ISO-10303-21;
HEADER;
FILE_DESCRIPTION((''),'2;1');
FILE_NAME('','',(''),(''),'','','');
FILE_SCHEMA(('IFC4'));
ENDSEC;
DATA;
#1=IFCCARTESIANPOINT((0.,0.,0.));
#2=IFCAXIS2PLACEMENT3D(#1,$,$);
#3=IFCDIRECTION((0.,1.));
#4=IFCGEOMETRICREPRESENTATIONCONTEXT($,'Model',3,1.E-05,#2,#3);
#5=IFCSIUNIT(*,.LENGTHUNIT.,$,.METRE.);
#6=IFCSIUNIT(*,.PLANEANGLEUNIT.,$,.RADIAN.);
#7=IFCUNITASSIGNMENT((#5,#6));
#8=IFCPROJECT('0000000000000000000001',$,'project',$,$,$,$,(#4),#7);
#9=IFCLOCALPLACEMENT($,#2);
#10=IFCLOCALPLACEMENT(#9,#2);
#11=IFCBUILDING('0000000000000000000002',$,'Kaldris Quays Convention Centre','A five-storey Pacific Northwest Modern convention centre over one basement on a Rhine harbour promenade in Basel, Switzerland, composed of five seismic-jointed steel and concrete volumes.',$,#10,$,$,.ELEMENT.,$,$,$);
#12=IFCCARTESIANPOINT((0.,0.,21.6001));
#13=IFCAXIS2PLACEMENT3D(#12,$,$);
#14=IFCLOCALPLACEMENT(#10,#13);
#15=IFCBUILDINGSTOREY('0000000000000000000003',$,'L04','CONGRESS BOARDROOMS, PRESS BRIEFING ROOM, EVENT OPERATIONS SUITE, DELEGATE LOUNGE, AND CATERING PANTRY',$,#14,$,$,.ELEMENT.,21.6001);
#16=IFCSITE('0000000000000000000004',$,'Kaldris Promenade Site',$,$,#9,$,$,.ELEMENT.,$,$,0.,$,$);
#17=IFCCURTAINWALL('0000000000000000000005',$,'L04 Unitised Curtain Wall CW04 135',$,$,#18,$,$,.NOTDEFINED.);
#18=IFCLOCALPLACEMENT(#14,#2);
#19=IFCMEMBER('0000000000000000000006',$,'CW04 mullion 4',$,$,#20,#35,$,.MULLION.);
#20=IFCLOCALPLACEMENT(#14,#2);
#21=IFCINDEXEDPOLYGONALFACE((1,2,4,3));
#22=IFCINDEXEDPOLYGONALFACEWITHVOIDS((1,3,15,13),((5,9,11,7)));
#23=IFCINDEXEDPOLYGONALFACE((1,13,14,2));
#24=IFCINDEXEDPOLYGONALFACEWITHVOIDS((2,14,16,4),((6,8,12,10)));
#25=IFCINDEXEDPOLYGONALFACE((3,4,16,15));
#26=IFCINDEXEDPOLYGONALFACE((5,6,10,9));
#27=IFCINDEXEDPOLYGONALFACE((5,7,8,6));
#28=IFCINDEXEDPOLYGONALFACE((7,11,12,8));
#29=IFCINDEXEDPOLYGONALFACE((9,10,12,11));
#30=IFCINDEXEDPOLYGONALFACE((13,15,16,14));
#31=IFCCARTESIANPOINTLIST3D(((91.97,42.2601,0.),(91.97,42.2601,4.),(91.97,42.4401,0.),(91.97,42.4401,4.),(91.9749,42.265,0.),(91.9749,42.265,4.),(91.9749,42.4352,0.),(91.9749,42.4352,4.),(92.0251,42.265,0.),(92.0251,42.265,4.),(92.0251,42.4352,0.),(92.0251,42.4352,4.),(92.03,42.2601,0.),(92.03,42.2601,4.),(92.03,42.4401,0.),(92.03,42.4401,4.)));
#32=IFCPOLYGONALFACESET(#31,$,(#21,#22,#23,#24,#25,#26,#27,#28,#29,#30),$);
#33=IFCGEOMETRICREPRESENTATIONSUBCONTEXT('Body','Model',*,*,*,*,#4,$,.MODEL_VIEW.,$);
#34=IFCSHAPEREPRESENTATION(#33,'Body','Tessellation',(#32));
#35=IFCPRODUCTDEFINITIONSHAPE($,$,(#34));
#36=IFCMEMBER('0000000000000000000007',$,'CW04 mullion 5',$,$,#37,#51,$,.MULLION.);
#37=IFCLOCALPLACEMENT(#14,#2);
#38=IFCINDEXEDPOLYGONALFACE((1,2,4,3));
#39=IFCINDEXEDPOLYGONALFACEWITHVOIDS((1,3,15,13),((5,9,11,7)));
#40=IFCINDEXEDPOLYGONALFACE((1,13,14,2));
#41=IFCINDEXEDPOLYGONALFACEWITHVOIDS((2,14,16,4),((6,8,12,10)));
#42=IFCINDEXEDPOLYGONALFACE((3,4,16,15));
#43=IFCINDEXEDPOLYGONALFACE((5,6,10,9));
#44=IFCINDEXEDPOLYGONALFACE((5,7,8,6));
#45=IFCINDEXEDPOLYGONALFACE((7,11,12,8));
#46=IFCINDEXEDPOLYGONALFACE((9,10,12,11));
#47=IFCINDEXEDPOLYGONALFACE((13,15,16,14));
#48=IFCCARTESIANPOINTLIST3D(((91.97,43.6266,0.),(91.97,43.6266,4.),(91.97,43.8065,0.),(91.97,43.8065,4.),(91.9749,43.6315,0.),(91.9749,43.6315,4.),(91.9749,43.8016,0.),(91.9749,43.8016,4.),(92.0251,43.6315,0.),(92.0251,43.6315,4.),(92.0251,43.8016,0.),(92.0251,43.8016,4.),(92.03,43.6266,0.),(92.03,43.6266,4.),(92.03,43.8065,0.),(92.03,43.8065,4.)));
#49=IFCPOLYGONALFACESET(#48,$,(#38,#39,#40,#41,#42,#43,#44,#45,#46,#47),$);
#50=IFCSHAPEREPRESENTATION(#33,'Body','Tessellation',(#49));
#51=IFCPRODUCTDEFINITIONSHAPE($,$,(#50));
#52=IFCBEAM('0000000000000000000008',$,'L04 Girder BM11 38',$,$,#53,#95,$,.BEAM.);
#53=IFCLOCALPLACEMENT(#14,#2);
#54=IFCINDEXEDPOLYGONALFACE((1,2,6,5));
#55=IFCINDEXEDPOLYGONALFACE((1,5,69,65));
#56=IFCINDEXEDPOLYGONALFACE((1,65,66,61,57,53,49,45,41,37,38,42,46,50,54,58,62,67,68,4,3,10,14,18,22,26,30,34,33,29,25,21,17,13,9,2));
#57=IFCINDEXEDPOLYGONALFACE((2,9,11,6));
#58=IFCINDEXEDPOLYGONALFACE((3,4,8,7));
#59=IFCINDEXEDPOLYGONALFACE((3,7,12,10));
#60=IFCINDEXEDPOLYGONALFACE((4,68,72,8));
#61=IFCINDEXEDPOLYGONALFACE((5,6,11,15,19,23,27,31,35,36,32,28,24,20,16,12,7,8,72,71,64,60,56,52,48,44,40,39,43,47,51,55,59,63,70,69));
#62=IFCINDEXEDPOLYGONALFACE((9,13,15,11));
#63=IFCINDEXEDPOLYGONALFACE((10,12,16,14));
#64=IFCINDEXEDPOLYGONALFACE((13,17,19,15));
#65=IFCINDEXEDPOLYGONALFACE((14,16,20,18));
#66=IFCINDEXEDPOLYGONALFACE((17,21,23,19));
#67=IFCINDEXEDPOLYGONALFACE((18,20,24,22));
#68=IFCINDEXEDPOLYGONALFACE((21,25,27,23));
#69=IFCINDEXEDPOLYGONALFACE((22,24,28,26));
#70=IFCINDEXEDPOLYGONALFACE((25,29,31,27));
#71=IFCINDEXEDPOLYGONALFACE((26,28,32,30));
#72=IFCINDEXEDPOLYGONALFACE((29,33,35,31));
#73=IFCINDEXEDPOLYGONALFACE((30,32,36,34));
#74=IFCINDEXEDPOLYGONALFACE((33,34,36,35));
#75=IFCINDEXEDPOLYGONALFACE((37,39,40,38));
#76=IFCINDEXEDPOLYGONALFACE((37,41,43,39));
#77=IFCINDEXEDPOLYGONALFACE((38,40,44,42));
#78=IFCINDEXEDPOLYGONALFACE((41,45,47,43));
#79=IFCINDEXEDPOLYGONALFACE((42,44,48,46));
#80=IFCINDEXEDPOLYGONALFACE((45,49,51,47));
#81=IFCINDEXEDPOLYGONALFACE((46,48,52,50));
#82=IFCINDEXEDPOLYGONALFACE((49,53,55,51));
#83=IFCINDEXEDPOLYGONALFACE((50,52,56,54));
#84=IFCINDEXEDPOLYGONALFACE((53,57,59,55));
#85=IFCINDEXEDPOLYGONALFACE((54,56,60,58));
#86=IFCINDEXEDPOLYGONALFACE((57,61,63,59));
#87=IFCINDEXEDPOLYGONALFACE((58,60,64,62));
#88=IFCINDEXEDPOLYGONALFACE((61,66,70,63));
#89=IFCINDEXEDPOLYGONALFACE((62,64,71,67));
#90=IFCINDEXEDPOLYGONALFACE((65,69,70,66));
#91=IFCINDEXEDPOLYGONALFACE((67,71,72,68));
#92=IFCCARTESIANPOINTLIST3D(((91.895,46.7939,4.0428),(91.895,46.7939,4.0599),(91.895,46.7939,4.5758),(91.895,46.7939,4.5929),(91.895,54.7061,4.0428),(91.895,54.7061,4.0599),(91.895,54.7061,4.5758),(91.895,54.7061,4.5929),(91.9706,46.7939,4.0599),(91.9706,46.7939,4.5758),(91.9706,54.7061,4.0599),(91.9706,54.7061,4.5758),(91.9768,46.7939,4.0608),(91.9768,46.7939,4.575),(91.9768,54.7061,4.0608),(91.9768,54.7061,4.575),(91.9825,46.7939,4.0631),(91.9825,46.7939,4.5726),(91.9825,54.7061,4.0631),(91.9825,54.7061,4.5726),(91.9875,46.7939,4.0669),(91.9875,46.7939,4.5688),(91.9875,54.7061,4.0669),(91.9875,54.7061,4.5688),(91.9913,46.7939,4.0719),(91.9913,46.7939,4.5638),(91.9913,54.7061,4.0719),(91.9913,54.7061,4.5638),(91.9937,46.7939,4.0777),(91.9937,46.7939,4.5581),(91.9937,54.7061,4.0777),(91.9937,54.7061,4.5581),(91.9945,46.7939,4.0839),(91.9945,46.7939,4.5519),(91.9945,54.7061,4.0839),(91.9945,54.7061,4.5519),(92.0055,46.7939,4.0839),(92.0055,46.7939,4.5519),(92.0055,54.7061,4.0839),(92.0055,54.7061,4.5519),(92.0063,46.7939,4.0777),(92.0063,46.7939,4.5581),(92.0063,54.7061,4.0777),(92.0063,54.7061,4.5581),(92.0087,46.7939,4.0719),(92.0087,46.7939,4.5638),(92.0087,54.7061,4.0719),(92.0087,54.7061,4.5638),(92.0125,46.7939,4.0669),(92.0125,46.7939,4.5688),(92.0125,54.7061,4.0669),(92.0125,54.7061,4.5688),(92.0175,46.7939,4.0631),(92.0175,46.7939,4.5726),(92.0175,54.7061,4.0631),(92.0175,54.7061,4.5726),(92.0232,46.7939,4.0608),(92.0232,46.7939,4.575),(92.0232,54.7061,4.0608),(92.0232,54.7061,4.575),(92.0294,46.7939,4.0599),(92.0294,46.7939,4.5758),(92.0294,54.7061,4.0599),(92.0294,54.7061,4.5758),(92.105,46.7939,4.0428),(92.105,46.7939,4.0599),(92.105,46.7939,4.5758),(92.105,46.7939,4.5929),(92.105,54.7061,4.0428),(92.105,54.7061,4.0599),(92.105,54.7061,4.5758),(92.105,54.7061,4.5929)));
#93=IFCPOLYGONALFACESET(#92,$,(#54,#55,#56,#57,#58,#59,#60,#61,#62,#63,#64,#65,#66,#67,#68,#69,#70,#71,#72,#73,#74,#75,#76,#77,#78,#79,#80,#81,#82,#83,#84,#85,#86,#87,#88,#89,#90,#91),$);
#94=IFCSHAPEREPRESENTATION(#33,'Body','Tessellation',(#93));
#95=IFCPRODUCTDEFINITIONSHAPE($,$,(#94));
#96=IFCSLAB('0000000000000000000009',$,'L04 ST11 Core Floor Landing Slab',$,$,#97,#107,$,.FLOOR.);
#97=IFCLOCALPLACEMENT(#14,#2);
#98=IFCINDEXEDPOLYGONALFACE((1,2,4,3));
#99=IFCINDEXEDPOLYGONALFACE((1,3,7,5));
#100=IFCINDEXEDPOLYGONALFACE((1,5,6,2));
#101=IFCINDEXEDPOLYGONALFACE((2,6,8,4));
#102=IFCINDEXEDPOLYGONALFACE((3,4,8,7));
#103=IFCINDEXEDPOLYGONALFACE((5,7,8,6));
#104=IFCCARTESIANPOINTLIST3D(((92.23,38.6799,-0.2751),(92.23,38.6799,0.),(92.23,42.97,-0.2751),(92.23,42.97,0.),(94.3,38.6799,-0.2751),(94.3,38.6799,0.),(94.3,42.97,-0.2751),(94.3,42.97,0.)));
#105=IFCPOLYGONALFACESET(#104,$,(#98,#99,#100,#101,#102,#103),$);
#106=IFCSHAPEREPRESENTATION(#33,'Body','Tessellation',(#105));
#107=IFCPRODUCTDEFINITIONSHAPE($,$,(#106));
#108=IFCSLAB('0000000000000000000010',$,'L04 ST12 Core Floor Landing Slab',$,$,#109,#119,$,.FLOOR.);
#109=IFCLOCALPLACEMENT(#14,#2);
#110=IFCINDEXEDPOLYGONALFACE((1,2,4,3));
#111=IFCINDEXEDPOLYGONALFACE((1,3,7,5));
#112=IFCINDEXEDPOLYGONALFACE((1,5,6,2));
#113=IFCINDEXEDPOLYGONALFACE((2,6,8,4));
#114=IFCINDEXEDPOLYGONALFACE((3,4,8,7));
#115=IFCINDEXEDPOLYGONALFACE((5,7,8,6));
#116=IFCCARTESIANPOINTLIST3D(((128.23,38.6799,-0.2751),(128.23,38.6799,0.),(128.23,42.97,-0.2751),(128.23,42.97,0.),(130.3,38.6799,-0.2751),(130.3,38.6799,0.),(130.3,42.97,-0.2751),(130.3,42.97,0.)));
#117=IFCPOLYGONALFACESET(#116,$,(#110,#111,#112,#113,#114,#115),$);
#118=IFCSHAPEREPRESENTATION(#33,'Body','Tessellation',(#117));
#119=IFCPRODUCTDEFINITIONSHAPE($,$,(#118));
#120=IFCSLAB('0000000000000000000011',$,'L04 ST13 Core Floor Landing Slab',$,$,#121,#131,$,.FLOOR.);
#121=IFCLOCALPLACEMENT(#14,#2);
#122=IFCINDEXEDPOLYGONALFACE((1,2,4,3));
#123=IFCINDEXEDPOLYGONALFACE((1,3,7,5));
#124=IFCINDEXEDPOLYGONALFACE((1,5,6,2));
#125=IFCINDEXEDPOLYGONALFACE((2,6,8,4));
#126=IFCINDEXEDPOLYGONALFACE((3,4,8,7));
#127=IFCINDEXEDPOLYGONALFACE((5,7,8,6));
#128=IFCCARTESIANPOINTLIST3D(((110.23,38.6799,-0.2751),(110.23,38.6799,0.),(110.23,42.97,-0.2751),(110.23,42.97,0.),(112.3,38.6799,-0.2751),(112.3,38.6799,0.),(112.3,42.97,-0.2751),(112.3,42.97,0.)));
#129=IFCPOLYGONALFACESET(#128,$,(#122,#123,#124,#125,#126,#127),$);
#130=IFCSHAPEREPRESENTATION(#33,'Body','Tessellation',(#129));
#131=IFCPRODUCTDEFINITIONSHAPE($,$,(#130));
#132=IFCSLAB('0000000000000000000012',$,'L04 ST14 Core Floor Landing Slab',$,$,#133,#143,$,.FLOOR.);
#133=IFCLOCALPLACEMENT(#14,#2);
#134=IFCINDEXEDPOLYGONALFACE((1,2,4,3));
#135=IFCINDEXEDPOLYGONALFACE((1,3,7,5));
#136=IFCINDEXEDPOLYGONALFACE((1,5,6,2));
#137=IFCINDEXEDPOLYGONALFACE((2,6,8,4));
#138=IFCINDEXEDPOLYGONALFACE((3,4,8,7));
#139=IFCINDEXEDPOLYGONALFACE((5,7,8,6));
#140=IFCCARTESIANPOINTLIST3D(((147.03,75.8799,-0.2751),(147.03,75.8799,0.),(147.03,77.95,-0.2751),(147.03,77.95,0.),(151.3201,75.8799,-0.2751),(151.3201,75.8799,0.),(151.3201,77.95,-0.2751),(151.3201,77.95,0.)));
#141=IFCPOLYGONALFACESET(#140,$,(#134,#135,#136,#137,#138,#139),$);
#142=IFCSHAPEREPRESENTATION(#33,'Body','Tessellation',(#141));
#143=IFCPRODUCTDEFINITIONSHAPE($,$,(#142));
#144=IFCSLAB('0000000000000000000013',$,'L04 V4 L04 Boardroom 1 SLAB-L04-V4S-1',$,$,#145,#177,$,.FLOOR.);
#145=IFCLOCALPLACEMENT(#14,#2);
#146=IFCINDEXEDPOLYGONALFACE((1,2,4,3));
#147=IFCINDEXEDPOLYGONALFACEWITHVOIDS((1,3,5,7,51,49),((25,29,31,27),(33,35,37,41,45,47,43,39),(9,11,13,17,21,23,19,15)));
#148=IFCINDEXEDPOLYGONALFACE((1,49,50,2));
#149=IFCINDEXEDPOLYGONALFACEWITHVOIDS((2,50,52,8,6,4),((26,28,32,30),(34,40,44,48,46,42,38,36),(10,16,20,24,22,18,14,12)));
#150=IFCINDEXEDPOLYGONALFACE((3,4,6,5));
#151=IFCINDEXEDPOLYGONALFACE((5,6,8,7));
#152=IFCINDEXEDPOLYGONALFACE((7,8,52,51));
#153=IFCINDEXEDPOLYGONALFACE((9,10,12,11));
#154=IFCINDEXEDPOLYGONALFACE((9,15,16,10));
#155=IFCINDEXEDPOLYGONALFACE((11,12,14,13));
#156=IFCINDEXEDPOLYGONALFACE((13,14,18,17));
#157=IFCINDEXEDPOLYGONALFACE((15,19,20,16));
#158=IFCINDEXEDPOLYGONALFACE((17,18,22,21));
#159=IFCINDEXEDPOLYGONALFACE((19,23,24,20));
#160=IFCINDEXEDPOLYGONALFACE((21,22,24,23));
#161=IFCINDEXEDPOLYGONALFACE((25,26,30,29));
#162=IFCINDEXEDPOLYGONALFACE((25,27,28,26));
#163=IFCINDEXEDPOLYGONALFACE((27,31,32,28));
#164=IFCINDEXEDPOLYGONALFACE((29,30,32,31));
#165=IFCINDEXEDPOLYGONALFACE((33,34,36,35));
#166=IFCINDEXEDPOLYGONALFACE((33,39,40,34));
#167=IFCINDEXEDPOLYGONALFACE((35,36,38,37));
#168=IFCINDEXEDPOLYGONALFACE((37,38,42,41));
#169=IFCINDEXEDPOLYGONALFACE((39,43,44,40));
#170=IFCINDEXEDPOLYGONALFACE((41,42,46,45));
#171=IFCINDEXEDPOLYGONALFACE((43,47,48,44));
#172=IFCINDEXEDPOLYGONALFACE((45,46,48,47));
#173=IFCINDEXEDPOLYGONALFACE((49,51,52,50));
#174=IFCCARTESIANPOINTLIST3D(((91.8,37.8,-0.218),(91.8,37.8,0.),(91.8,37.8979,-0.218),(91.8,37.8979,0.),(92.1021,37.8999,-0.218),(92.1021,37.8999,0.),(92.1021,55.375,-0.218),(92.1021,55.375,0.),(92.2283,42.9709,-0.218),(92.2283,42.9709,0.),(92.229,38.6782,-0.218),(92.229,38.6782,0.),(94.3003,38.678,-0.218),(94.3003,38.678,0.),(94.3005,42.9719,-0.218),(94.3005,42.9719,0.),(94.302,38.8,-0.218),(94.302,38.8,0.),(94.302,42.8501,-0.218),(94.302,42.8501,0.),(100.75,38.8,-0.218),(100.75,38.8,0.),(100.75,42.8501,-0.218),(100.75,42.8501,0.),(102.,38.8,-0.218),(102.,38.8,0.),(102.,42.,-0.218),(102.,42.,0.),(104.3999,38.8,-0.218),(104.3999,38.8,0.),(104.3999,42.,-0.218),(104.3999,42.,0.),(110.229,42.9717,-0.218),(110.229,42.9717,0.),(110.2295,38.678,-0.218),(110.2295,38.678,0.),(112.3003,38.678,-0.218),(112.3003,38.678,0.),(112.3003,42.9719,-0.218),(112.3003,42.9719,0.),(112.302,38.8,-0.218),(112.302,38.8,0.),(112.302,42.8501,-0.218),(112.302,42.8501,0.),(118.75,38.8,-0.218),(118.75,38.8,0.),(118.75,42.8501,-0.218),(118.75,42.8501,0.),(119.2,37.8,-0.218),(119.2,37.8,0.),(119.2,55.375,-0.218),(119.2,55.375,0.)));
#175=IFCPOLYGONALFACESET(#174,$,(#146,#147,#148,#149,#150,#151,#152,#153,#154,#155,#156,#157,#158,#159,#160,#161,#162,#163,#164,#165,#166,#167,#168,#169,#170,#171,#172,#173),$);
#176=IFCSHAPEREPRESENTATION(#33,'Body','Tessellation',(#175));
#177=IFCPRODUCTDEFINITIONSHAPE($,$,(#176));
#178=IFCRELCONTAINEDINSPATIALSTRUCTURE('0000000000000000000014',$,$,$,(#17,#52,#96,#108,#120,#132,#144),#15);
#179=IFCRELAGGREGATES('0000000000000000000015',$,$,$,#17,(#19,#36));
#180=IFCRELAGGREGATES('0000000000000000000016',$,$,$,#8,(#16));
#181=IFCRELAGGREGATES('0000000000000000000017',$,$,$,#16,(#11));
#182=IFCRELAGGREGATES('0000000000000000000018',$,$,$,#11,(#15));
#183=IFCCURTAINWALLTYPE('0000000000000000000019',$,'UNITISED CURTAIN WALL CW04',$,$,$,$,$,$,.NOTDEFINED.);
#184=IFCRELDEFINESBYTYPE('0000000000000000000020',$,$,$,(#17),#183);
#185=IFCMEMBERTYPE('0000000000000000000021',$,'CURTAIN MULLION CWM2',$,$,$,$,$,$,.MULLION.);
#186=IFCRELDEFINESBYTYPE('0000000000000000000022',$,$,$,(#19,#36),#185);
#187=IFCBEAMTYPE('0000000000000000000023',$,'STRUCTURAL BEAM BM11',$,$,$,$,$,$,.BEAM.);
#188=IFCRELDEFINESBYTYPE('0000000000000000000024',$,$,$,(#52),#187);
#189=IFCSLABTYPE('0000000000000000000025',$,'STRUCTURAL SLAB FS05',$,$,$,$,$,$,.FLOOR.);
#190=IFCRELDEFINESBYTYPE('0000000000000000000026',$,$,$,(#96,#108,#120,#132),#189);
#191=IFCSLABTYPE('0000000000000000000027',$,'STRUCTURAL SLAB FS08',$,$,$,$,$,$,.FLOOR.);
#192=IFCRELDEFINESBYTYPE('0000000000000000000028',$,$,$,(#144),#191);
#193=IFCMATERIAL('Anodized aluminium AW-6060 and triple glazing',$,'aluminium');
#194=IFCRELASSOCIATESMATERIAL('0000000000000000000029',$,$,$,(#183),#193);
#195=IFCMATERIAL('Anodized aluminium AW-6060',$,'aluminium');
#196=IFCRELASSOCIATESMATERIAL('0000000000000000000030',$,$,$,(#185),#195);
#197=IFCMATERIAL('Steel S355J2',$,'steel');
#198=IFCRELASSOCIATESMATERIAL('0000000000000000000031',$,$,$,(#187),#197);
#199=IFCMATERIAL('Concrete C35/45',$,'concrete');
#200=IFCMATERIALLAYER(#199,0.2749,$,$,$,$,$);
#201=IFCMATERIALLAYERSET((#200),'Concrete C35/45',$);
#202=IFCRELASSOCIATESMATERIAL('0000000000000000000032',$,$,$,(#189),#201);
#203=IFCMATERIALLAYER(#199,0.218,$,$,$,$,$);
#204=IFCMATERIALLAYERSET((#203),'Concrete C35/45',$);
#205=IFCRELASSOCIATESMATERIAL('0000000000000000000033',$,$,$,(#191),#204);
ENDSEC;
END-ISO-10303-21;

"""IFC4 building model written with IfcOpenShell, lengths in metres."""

from ifc_helpers import new_model, si_unit, direction, frame, origin, origin_2d, place, context, subcontext, project, spatial, polyline, hollow_rectangle, i_section, outline, extrude, material, layer, layer_set, material_profile, profile_set, type_object, element, aggregate, save


model = new_model("IFC4")

# Units and contexts
model_context = context("Model", 3, precision=1e-05, world=origin(), true_north=direction((0.0, 1.0)))
body_context = subcontext(model_context, "Body", "Model", "MODEL_VIEW")
ifc_project = project(units=[si_unit("LENGTHUNIT", "METRE"), si_unit("PLANEANGLEUNIT", "RADIAN")], contexts=[model_context])

# Site, building, storey
site_placement = place(None, origin())
site = spatial("IfcSite", under=ifc_project, at=site_placement, Name="Kaldris Promenade Site", CompositionType="ELEMENT", RefElevation=0.0)
building_placement = place(site_placement, origin())
building = spatial("IfcBuilding", under=site, at=building_placement, Name="Kaldris Quays Convention Centre", Description="A five-storey Pacific Northwest Modern convention centre over one basement on a Rhine harbour promenade in Basel, Switzerland, composed of five seismic-jointed steel and concrete volumes.", CompositionType="ELEMENT")
storey_placement = place(building_placement, frame((0.0, 0.0, 21.6001)))
storey = spatial("IfcBuildingStorey", under=building, at=storey_placement, Name="L04", Description="CONGRESS BOARDROOMS, PRESS BRIEFING ROOM, EVENT OPERATIONS SUITE, DELEGATE LOUNGE, AND CATERING PANTRY", CompositionType="ELEMENT", Elevation=21.6001)

# Shared definitions
ifc_material_1 = material(Name="Steel S355J2", Category="steel")

# Curtain wall, members
ifc_material_2 = material(Name="Anodized aluminium AW-6060 and triple glazing", Category="aluminium")
curtain_wall_type = type_object("IfcCurtainWallType", Name="UNITISED CURTAIN WALL CW04", PredefinedType="NOTDEFINED", material=ifc_material_2)
curtain_wall_placement = place(storey_placement, origin())
curtain_wall = element("IfcCurtainWall", 1, at=curtain_wall_placement, inside=storey, type_object=curtain_wall_type, Name="L04 Unitised Curtain Wall CW04 135", PredefinedType="NOTDEFINED")
ifc_material_3 = material(Name="Anodized aluminium AW-6060", Category="aluminium")
ifc_material_profile_1 = material_profile(ifc_material_3, hollow_rectangle(XDim=0.0601, YDim=0.1799, WallThickness=0.0049, at=origin_2d()), Name="RHS 180x60x5")
ifc_profile_set_1 = profile_set([ifc_material_profile_1], Name="Anodized aluminium AW-6060")
member_type = type_object("IfcMemberType", Name="CURTAIN MULLION CWM2", PredefinedType="MULLION", material=ifc_profile_set_1)
member_1_placement = place(storey_placement, frame((92.0, 42.3501, 0.0), z_axis=(0.0, 0.0, 1.0), x_axis=(-1.0, 0.0, 0.0)))
member_1 = element("IfcMember", 2, at=member_1_placement, type_object=member_type, Name="CW04 mullion 4", PredefinedType="MULLION", context=body_context, shape_type="SweptSolid", body=[
    extrude(hollow_rectangle(XDim=0.0601, YDim=0.1799, WallThickness=0.0049, at=origin_2d()), origin(), (0.0, 0.0, 1.0), 4.0),
])
member_2_placement = place(storey_placement, frame((92.0, 43.7166, 0.0), z_axis=(0.0, 0.0, 1.0), x_axis=(-1.0, 0.0, 0.0)))
member_2 = element("IfcMember", 3, at=member_2_placement, type_object=member_type, Name="CW04 mullion 5", PredefinedType="MULLION", context=body_context, shape_type="SweptSolid", body=[
    extrude(hollow_rectangle(XDim=0.0601, YDim=0.1799, WallThickness=0.0049, at=origin_2d()), origin(), (0.0, 0.0, 1.0), 4.0),
])
aggregate(curtain_wall, [member_1, member_2])

# Beam
ifc_material_profile_2 = material_profile(ifc_material_1, i_section(OverallWidth=0.21, OverallDepth=0.55, WebThickness=0.011, FlangeThickness=0.0171, FilletRadius=0.0239, at=origin_2d()), Name="IPE 550")
ifc_profile_set_2 = profile_set([ifc_material_profile_2], Name="Steel S355J2")
beam_type = type_object("IfcBeamType", Name="STRUCTURAL BEAM BM11", PredefinedType="BEAM", material=ifc_profile_set_2)
beam_placement = place(storey_placement, frame((92.0, 46.7939, 4.3179), z_axis=(0.0, 1.0, 0.0), x_axis=(-1.0, 0.0, 0.0)))
element("IfcBeam", 4, at=beam_placement, inside=storey, type_object=beam_type, Name="L04 Girder BM11 38", PredefinedType="BEAM", context=body_context, shape_type="SweptSolid", body=[
    extrude(i_section(OverallWidth=0.21, OverallDepth=0.55, WebThickness=0.011, FlangeThickness=0.0171, FilletRadius=0.0239, at=origin_2d()), origin(), (0.0, 0.0, 1.0), 7.9121),
])

# Slabs
ifc_material_4 = material(Name="Concrete C35/45", Category="concrete")
ifc_layer_1 = layer(ifc_material_4, 0.2749)
ifc_layer_set_1 = layer_set([ifc_layer_1], Name="Concrete C35/45")
slab_type_1 = type_object("IfcSlabType", Name="STRUCTURAL SLAB FS05", PredefinedType="FLOOR", material=ifc_layer_set_1)
slab_1_placement = place(storey_placement, frame((0.0, 0.0, -0.2751)))
element("IfcSlab", 5, at=slab_1_placement, inside=storey, type_object=slab_type_1, Name="L04 ST11 Core Floor Landing Slab", PredefinedType="FLOOR", context=body_context, shape_type="SweptSolid", body=[
    extrude(outline(polyline([(92.23, 38.6799), (94.3, 38.6799), (94.3, 42.97), (92.23, 42.97), (92.23, 38.6799)])), origin(), (0.0, 0.0, 1.0), 0.2751),
])
slab_2_placement = place(storey_placement, frame((0.0, 0.0, -0.2751)))
element("IfcSlab", 6, at=slab_2_placement, inside=storey, type_object=slab_type_1, Name="L04 ST12 Core Floor Landing Slab", PredefinedType="FLOOR", context=body_context, shape_type="SweptSolid", body=[
    extrude(outline(polyline([(128.23, 38.6799), (130.3, 38.6799), (130.3, 42.97), (128.23, 42.97), (128.23, 38.6799)])), origin(), (0.0, 0.0, 1.0), 0.2751),
])
slab_3_placement = place(storey_placement, frame((0.0, 0.0, -0.2751)))
element("IfcSlab", 7, at=slab_3_placement, inside=storey, type_object=slab_type_1, Name="L04 ST13 Core Floor Landing Slab", PredefinedType="FLOOR", context=body_context, shape_type="SweptSolid", body=[
    extrude(outline(polyline([(110.23, 38.6799), (112.3, 38.6799), (112.3, 42.97), (110.23, 42.97), (110.23, 38.6799)])), origin(), (0.0, 0.0, 1.0), 0.2751),
])
slab_4_placement = place(storey_placement, frame((0.0, 0.0, -0.2751)))
element("IfcSlab", 8, at=slab_4_placement, inside=storey, type_object=slab_type_1, Name="L04 ST14 Core Floor Landing Slab", PredefinedType="FLOOR", context=body_context, shape_type="SweptSolid", body=[
    extrude(outline(polyline([(151.3201, 75.8799), (151.3201, 77.95), (147.03, 77.95), (147.03, 75.8799), (151.3201, 75.8799)])), origin(), (0.0, 0.0, 1.0), 0.2751),
])
ifc_layer_2 = layer(ifc_material_4, 0.218)
ifc_layer_set_2 = layer_set([ifc_layer_2], Name="Concrete C35/45")
slab_type_2 = type_object("IfcSlabType", Name="STRUCTURAL SLAB FS08", PredefinedType="FLOOR", material=ifc_layer_set_2)
slab_5_placement = place(storey_placement, frame((0.0, 0.0, -0.218)))
element("IfcSlab", 9, at=slab_5_placement, inside=storey, type_object=slab_type_2, Name="L04 V4 L04 Boardroom 1 SLAB-L04-V4S-1", PredefinedType="FLOOR", context=body_context, shape_type="SweptSolid", body=[
    extrude(outline(polyline([(119.2, 55.375), (119.2, 37.8), (91.8, 37.8), (91.8, 37.8979), (92.1021, 37.8999), (92.1021, 55.375), (119.2, 55.375)]), holes=[polyline([(102.0, 42.0), (102.0, 38.8), (104.3999, 38.8), (104.3999, 42.0), (102.0, 42.0)]), polyline([(94.3005, 42.9719), (92.2283, 42.9709), (92.229, 38.6782), (94.3003, 38.678), (94.302, 38.8), (100.75, 38.8), (100.75, 42.8501), (94.302, 42.8501), (94.3005, 42.9719)]), polyline([(110.2295, 38.678), (112.3003, 38.678), (112.302, 38.8), (118.75, 38.8), (118.75, 42.8501), (112.302, 42.8501), (112.3003, 42.9719), (110.229, 42.9717), (110.2295, 38.678)])]), origin(), (0.0, 0.0, 1.0), 0.218),
])

save(model, "model.ifc")
